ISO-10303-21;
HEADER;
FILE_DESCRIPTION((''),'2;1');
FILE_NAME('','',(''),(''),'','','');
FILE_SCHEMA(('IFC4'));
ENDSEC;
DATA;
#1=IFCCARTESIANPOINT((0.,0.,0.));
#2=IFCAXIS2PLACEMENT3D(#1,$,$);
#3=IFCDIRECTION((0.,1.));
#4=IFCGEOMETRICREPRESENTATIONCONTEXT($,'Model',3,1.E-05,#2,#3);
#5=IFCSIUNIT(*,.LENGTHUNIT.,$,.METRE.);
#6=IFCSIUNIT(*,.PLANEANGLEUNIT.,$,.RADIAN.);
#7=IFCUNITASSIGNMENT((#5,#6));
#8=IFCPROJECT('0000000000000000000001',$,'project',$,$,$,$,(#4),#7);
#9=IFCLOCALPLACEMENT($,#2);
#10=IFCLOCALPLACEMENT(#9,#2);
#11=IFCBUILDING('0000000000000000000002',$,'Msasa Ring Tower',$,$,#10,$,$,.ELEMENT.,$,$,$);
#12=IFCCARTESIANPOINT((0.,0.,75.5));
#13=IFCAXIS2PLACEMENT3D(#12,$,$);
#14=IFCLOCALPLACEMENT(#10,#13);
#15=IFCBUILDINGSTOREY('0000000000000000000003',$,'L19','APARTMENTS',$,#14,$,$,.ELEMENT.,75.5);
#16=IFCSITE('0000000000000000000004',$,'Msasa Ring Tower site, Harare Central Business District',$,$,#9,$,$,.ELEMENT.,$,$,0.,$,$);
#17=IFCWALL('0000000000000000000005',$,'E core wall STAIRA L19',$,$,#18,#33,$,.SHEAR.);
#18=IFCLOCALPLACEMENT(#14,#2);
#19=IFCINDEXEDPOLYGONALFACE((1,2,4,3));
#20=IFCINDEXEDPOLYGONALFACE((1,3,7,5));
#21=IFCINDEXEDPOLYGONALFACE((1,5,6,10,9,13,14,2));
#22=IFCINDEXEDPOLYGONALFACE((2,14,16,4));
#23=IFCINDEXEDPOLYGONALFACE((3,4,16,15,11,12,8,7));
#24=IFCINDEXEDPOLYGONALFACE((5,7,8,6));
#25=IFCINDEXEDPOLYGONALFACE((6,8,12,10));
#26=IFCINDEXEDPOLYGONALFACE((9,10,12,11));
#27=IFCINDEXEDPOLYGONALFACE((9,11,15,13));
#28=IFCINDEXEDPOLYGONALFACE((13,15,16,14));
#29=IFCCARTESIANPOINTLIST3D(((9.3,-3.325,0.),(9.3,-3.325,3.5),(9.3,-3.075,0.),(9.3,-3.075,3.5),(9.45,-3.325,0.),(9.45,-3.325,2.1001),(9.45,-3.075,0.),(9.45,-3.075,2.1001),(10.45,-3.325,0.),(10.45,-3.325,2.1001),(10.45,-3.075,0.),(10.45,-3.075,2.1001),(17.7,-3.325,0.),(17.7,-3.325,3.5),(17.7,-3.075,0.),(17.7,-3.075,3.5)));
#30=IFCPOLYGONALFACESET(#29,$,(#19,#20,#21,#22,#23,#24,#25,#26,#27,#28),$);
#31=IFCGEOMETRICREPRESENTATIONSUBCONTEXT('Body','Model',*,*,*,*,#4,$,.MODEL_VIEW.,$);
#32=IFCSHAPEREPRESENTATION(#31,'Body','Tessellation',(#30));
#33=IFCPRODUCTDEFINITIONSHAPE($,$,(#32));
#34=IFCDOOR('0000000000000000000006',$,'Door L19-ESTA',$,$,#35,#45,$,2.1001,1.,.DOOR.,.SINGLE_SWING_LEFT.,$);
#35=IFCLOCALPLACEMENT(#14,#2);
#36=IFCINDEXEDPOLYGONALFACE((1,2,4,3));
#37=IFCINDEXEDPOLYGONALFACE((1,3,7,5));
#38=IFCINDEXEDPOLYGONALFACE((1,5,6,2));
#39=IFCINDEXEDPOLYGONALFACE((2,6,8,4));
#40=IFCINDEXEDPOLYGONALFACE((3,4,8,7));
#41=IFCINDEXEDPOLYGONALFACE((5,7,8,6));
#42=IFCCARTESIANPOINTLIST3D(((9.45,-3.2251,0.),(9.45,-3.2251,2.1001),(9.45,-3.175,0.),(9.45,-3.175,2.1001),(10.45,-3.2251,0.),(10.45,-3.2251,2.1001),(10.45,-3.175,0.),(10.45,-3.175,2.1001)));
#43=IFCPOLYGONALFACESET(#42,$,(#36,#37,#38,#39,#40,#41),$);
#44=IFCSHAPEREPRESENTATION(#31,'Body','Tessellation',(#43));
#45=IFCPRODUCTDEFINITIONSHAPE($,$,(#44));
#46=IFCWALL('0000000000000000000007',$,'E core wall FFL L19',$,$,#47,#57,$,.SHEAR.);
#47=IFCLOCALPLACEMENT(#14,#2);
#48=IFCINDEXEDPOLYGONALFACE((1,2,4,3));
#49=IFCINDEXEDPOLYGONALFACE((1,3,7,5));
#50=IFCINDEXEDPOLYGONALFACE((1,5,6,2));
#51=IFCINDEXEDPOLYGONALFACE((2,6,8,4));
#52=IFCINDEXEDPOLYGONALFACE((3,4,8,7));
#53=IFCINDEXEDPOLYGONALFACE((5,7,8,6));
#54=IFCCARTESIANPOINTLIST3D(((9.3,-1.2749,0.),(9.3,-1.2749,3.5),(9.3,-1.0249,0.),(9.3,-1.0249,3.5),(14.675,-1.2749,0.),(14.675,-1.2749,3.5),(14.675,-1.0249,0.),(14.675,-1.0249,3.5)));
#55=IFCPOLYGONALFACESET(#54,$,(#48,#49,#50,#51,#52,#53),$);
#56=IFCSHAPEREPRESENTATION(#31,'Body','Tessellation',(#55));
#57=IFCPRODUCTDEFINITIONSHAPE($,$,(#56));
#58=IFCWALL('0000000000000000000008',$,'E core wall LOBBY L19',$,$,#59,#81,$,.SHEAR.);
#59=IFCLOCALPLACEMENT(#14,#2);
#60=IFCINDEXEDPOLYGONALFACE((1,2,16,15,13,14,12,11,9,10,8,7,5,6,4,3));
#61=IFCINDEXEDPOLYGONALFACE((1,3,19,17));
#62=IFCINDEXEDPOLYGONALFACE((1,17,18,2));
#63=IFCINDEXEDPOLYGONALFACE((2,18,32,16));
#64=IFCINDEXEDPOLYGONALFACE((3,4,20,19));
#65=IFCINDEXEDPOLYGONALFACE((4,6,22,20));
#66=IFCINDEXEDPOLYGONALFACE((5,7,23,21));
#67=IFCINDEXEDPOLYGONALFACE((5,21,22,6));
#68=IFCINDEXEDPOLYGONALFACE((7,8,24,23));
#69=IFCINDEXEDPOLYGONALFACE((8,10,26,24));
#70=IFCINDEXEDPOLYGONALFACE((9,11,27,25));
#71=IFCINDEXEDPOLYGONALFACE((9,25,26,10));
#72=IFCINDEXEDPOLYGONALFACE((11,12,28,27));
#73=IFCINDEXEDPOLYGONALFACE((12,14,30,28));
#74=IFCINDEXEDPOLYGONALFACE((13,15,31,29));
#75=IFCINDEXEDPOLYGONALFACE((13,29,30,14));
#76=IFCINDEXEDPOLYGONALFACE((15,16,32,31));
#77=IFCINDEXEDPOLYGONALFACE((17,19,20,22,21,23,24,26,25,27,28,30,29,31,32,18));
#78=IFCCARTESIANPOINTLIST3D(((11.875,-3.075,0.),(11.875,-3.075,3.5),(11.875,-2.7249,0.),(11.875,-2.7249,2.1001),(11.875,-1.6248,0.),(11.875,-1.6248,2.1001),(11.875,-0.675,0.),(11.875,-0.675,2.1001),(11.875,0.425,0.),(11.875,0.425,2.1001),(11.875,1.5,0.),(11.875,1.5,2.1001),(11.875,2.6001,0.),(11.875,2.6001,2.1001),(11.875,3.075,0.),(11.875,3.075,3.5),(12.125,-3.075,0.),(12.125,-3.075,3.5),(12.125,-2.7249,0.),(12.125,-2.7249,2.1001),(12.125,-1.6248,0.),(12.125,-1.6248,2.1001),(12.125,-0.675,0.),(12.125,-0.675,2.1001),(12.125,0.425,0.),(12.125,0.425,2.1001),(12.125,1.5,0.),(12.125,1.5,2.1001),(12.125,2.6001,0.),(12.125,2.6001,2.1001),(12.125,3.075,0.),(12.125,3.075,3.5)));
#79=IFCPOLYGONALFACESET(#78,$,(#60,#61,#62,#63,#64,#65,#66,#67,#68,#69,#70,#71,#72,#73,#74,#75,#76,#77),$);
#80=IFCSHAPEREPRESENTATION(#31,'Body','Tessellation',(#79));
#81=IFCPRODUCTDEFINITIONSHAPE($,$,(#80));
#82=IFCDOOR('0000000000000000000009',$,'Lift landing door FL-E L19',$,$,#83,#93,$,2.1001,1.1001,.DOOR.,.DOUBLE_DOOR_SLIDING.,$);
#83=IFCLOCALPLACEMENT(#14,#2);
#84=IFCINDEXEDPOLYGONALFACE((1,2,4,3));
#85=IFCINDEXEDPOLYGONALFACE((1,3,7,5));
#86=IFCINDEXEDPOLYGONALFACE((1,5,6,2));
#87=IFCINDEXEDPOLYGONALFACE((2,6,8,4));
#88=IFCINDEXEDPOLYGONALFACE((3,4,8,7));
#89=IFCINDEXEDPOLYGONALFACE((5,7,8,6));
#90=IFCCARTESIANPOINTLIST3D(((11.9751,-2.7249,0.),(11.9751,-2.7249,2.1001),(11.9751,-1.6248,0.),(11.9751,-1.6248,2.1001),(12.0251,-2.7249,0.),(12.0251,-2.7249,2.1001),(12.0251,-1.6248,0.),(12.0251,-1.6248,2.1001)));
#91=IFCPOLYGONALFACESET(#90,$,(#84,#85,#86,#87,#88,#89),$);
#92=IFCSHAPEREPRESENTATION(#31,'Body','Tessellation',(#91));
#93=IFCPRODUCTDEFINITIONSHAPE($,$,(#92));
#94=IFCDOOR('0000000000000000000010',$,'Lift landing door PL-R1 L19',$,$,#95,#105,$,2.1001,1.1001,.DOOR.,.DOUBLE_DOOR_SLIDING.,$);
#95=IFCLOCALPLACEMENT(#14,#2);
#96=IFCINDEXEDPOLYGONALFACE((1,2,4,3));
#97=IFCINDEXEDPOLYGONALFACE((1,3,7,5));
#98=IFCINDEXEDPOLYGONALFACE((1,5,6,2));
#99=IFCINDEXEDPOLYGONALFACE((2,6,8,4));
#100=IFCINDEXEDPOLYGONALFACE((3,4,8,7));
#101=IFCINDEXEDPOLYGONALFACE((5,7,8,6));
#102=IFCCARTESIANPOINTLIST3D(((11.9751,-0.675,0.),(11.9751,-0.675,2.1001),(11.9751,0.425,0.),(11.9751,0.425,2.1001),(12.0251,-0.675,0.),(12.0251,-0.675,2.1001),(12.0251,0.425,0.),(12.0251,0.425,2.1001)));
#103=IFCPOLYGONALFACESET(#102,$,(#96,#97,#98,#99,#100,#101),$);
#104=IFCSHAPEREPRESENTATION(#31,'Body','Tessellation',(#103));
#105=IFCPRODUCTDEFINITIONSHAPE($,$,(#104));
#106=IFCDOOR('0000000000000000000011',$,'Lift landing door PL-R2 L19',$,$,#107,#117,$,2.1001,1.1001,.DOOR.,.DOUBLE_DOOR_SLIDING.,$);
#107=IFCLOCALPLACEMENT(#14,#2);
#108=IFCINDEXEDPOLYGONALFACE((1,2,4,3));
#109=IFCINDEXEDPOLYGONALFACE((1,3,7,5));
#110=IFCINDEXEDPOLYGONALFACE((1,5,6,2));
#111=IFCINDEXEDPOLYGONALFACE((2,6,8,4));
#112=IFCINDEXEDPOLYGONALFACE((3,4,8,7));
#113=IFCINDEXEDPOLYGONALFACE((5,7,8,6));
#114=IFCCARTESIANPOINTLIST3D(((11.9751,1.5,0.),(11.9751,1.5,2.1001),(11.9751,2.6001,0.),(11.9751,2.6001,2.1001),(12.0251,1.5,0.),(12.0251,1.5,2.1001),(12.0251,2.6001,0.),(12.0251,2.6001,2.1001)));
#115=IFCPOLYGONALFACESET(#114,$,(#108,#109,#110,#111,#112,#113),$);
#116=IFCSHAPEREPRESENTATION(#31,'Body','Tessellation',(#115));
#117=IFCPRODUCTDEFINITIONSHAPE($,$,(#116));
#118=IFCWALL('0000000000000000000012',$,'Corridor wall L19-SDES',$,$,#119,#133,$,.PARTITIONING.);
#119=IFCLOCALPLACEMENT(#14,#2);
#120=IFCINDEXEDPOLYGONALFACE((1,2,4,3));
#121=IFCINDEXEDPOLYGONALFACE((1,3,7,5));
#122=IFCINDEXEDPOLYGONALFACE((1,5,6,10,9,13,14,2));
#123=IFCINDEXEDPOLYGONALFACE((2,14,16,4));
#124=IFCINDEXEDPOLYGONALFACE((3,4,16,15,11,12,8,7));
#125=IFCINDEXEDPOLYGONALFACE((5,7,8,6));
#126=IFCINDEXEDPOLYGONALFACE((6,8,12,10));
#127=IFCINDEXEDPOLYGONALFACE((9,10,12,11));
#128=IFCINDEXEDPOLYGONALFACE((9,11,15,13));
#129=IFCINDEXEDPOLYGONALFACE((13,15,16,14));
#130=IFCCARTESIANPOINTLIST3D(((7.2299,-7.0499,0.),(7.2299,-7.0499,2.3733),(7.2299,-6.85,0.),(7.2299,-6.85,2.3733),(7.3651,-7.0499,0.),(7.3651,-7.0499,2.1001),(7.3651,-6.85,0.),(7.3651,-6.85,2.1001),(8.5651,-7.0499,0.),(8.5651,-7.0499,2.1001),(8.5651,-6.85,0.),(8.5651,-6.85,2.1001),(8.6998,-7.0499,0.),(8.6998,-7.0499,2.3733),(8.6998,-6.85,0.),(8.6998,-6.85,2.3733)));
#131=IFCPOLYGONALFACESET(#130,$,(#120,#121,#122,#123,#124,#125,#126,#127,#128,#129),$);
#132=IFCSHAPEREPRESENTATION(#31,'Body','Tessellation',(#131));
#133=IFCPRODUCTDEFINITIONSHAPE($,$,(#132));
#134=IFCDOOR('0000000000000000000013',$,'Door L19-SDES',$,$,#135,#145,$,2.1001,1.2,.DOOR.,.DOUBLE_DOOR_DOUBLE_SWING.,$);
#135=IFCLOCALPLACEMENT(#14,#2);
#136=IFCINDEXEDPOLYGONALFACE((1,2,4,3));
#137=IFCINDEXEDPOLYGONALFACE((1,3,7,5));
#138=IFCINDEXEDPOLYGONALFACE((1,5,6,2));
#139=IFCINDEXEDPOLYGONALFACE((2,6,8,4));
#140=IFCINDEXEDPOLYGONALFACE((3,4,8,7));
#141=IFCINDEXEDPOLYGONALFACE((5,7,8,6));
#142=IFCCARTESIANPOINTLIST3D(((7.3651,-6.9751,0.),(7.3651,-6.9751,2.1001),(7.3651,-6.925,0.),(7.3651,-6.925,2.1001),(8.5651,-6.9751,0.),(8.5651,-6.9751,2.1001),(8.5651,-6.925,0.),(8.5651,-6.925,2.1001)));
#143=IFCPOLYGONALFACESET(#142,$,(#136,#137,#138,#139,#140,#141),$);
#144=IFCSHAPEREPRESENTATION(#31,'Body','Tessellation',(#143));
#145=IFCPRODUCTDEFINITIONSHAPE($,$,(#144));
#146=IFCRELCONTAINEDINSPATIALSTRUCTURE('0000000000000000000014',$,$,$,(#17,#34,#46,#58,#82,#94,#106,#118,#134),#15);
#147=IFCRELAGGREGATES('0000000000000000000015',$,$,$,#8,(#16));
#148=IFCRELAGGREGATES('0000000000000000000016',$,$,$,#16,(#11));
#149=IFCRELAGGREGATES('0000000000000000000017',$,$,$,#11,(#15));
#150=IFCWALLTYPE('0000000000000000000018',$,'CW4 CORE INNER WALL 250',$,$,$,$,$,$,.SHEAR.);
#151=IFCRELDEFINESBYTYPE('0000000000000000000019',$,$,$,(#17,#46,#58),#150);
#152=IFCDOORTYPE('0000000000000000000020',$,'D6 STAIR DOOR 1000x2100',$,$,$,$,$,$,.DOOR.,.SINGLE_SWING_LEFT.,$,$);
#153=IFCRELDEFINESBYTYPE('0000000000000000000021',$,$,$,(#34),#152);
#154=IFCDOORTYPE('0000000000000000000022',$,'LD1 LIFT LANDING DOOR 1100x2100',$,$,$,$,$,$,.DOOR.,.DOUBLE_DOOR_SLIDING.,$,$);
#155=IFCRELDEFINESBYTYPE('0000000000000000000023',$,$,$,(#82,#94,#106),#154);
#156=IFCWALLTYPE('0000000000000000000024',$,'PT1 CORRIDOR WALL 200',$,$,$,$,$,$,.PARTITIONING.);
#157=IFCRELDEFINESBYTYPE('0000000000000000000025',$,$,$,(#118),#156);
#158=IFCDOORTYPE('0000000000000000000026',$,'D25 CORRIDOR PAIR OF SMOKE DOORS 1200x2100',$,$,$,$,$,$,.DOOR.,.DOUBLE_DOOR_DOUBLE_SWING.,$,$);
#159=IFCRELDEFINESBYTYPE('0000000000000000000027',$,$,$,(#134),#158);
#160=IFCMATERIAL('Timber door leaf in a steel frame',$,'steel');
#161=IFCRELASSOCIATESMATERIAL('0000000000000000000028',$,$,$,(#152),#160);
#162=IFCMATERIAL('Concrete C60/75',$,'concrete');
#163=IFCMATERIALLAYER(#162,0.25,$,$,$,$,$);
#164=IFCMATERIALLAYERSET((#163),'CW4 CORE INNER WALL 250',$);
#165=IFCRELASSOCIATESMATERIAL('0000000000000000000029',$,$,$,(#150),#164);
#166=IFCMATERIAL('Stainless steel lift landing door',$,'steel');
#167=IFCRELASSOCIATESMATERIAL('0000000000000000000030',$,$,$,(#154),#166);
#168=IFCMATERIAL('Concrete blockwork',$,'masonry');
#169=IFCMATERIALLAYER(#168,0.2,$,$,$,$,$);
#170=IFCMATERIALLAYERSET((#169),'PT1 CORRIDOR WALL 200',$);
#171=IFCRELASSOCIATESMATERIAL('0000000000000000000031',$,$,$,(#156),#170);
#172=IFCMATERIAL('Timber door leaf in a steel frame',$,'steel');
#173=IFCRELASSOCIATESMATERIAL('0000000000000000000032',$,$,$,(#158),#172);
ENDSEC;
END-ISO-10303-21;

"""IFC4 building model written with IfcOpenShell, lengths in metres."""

from ifc_helpers import new_model, si_unit, direction, frame, frame_2d, origin, place, context, subcontext, project, spatial, rectangle, extrude, material, layer, layer_set, type_object, element, fill, save


model = new_model("IFC4")

# Units and contexts
model_context = context("Model", 3, precision=1e-05, world=origin(), true_north=direction((0.0, 1.0)))
body_context = subcontext(model_context, "Body", "Model", "MODEL_VIEW")
ifc_project = project(units=[si_unit("LENGTHUNIT", "METRE"), si_unit("PLANEANGLEUNIT", "RADIAN")], contexts=[model_context])

# Site, building, storey
site_placement = place(None, origin())
site = spatial("IfcSite", under=ifc_project, at=site_placement, Name="Msasa Ring Tower site, Harare Central Business District", CompositionType="ELEMENT", RefElevation=0.0)
building_placement = place(site_placement, origin())
building = spatial("IfcBuilding", under=site, at=building_placement, Name="Msasa Ring Tower", CompositionType="ELEMENT")
storey_placement = place(building_placement, frame((0.0, 0.0, 75.5)))
storey = spatial("IfcBuildingStorey", under=building, at=storey_placement, Name="L19", Description="APARTMENTS", CompositionType="ELEMENT", Elevation=75.5)

# Shared definitions
ifc_material_1 = material(Name="Timber door leaf in a steel frame", Category="steel")
door_type_1 = type_object("IfcDoorType", Name="D6 STAIR DOOR 1000x2100", OperationType="SINGLE_SWING_LEFT", PredefinedType="DOOR", material=ifc_material_1)

# Wall, opening, door
ifc_material_2 = material(Name="Concrete C60/75", Category="concrete")
ifc_layer_1 = layer(ifc_material_2, 0.25)
ifc_layer_set_1 = layer_set([ifc_layer_1], Name="CW4 CORE INNER WALL 250")
wall_type_1 = type_object("IfcWallType", Name="CW4 CORE INNER WALL 250", PredefinedType="SHEAR", material=ifc_layer_set_1)
wall_1_placement = place(storey_placement, frame((9.3, -3.2, 0.0), z_axis=(0.0, 0.0, 1.0), x_axis=(1.0, 0.0, 0.0)))
wall_1 = element("IfcWall", 1, at=wall_1_placement, inside=storey, type_object=wall_type_1, Name="E core wall STAIRA L19", PredefinedType="SHEAR", context=body_context, shape_type="SweptSolid", body=[
    extrude(rectangle(XDim=8.3999, YDim=0.25, at=frame_2d((4.2, 0.0))), origin(), (0.0, 0.0, 1.0), 3.5),
])
opening_1_placement = place(wall_1_placement, frame((0.1499, 0.0, 0.0)))
opening_1 = element("IfcOpeningElement", 2, at=opening_1_placement, cuts=wall_1, PredefinedType="OPENING", context=body_context, shape_type="SweptSolid", body=[
    extrude(rectangle(XDim=1.0, YDim=2.1001, at=frame_2d((0.5, 1.05))), frame((0.0, 0.135, 0.0), z_axis=(0.0, -1.0, 0.0), x_axis=(1.0, 0.0, 0.0)), (0.0, 0.0, 1.0), 0.27),
])
door_1_placement = place(opening_1_placement, origin())
door_1 = element("IfcDoor", 3, at=door_1_placement, inside=storey, type_object=door_type_1, Name="Door L19-ESTA", OperationType="SINGLE_SWING_LEFT", OverallHeight=2.1001, OverallWidth=1.0, PredefinedType="DOOR", context=body_context, shape_type="SweptSolid", body=[
    extrude(rectangle(XDim=1.0, YDim=2.1001, at=frame_2d((0.5, 1.05))), frame((0.0, 0.0249, 0.0), z_axis=(0.0, -1.0, 0.0), x_axis=(1.0, 0.0, 0.0)), (0.0, 0.0, 1.0), 0.05),
])
fill(opening_1, door_1)

# Wall
wall_2_placement = place(storey_placement, frame((9.3, -1.1499, 0.0), z_axis=(0.0, 0.0, 1.0), x_axis=(1.0, 0.0, 0.0)))
element("IfcWall", 4, at=wall_2_placement, inside=storey, type_object=wall_type_1, Name="E core wall FFL L19", PredefinedType="SHEAR", context=body_context, shape_type="SweptSolid", body=[
    extrude(rectangle(XDim=5.375, YDim=0.25, at=frame_2d((2.6875, 0.0))), origin(), (0.0, 0.0, 1.0), 3.5),
])

# Wall, openings, doors
wall_3_placement = place(storey_placement, frame((12.0, -3.075, 0.0), z_axis=(0.0, 0.0, 1.0), x_axis=(0.0, 1.0, 0.0)))
wall_3 = element("IfcWall", 5, at=wall_3_placement, inside=storey, type_object=wall_type_1, Name="E core wall LOBBY L19", PredefinedType="SHEAR", context=body_context, shape_type="SweptSolid", body=[
    extrude(rectangle(XDim=6.1499, YDim=0.25, at=frame_2d((3.075, 0.0))), origin(), (0.0, 0.0, 1.0), 3.5),
])
opening_2_placement = place(wall_3_placement, frame((0.3501, 0.0, 0.0)))
opening_2 = element("IfcOpeningElement", 6, at=opening_2_placement, cuts=wall_3, PredefinedType="OPENING", context=body_context, shape_type="SweptSolid", body=[
    extrude(rectangle(XDim=1.1001, YDim=2.1001, at=frame_2d((0.55, 1.05))), frame((0.0, 0.135, 0.0), z_axis=(0.0, -1.0, 0.0), x_axis=(1.0, 0.0, 0.0)), (0.0, 0.0, 1.0), 0.27),
])
opening_3_placement = place(wall_3_placement, frame((2.3999, 0.0, 0.0)))
opening_3 = element("IfcOpeningElement", 7, at=opening_3_placement, cuts=wall_3, PredefinedType="OPENING", context=body_context, shape_type="SweptSolid", body=[
    extrude(rectangle(XDim=1.1001, YDim=2.1001, at=frame_2d((0.55, 1.05))), frame((0.0, 0.135, 0.0), z_axis=(0.0, -1.0, 0.0), x_axis=(1.0, 0.0, 0.0)), (0.0, 0.0, 1.0), 0.27),
])
opening_4_placement = place(wall_3_placement, frame((4.575, 0.0, 0.0)))
opening_4 = element("IfcOpeningElement", 8, at=opening_4_placement, cuts=wall_3, PredefinedType="OPENING", context=body_context, shape_type="SweptSolid", body=[
    extrude(rectangle(XDim=1.1001, YDim=2.1001, at=frame_2d((0.55, 1.05))), frame((0.0, 0.135, 0.0), z_axis=(0.0, -1.0, 0.0), x_axis=(1.0, 0.0, 0.0)), (0.0, 0.0, 1.0), 0.27),
])
ifc_material_3 = material(Name="Stainless steel lift landing door", Category="steel")
door_type_2 = type_object("IfcDoorType", Name="LD1 LIFT LANDING DOOR 1100x2100", OperationType="DOUBLE_DOOR_SLIDING", PredefinedType="DOOR", material=ifc_material_3)
door_2_placement = place(opening_2_placement, origin())
door_2 = element("IfcDoor", 9, at=door_2_placement, inside=storey, type_object=door_type_2, Name="Lift landing door FL-E L19", OperationType="DOUBLE_DOOR_SLIDING", OverallHeight=2.1001, OverallWidth=1.1001, PredefinedType="DOOR", context=body_context, shape_type="SweptSolid", body=[
    extrude(rectangle(XDim=1.1001, YDim=2.1001, at=frame_2d((0.55, 1.05))), frame((0.0, 0.0249, 0.0), z_axis=(0.0, -1.0, 0.0), x_axis=(1.0, 0.0, 0.0)), (0.0, 0.0, 1.0), 0.05),
])
fill(opening_2, door_2)
door_3_placement = place(opening_3_placement, origin())
door_3 = element("IfcDoor", 10, at=door_3_placement, inside=storey, type_object=door_type_2, Name="Lift landing door PL-R1 L19", OperationType="DOUBLE_DOOR_SLIDING", OverallHeight=2.1001, OverallWidth=1.1001, PredefinedType="DOOR", context=body_context, shape_type="SweptSolid", body=[
    extrude(rectangle(XDim=1.1001, YDim=2.1001, at=frame_2d((0.55, 1.05))), frame((0.0, 0.0249, 0.0), z_axis=(0.0, -1.0, 0.0), x_axis=(1.0, 0.0, 0.0)), (0.0, 0.0, 1.0), 0.05),
])
fill(opening_3, door_3)
door_4_placement = place(opening_4_placement, origin())
door_4 = element("IfcDoor", 11, at=door_4_placement, inside=storey, type_object=door_type_2, Name="Lift landing door PL-R2 L19", OperationType="DOUBLE_DOOR_SLIDING", OverallHeight=2.1001, OverallWidth=1.1001, PredefinedType="DOOR", context=body_context, shape_type="SweptSolid", body=[
    extrude(rectangle(XDim=1.1001, YDim=2.1001, at=frame_2d((0.55, 1.05))), frame((0.0, 0.0249, 0.0), z_axis=(0.0, -1.0, 0.0), x_axis=(1.0, 0.0, 0.0)), (0.0, 0.0, 1.0), 0.05),
])
fill(opening_4, door_4)

# Wall, opening, door
ifc_material_4 = material(Name="Concrete blockwork", Category="masonry")
ifc_layer_2 = layer(ifc_material_4, 0.2)
ifc_layer_set_2 = layer_set([ifc_layer_2], Name="PT1 CORRIDOR WALL 200")
wall_type_2 = type_object("IfcWallType", Name="PT1 CORRIDOR WALL 200", PredefinedType="PARTITIONING", material=ifc_layer_set_2)
wall_4_placement = place(storey_placement, frame((7.23, -6.95, 0.0), z_axis=(0.0, 0.0, 1.0), x_axis=(1.0, 0.0, 0.0)))
wall_4 = element("IfcWall", 12, at=wall_4_placement, inside=storey, type_object=wall_type_2, Name="Corridor wall L19-SDES", PredefinedType="PARTITIONING", context=body_context, shape_type="SweptSolid", body=[
    extrude(rectangle(XDim=1.47, YDim=0.2, at=frame_2d((0.7349, 0.0))), origin(), (0.0, 0.0, 1.0), 2.3733),
])
opening_5_placement = place(wall_4_placement, frame((0.135, 0.0, 0.0)))
opening_5 = element("IfcOpeningElement", 13, at=opening_5_placement, cuts=wall_4, PredefinedType="OPENING", context=body_context, shape_type="SweptSolid", body=[
    extrude(rectangle(XDim=1.2, YDim=2.1001, at=frame_2d((0.6001, 1.05))), frame((0.0, 0.1099, 0.0), z_axis=(0.0, -1.0, 0.0), x_axis=(1.0, 0.0, 0.0)), (0.0, 0.0, 1.0), 0.22),
])
ifc_material_5 = material(Name="Timber door leaf in a steel frame", Category="steel")
door_type_3 = type_object("IfcDoorType", Name="D25 CORRIDOR PAIR OF SMOKE DOORS 1200x2100", OperationType="DOUBLE_DOOR_DOUBLE_SWING", PredefinedType="DOOR", material=ifc_material_5)
door_5_placement = place(opening_5_placement, origin())
door_5 = element("IfcDoor", 14, at=door_5_placement, inside=storey, type_object=door_type_3, Name="Door L19-SDES", OperationType="DOUBLE_DOOR_DOUBLE_SWING", OverallHeight=2.1001, OverallWidth=1.2, PredefinedType="DOOR", context=body_context, shape_type="SweptSolid", body=[
    extrude(rectangle(XDim=1.2, YDim=2.1001, at=frame_2d((0.6001, 1.05))), frame((0.0, 0.0249, 0.0), z_axis=(0.0, -1.0, 0.0), x_axis=(1.0, 0.0, 0.0)), (0.0, 0.0, 1.0), 0.05),
])
fill(opening_5, door_5)

save(model, "model.ifc")
